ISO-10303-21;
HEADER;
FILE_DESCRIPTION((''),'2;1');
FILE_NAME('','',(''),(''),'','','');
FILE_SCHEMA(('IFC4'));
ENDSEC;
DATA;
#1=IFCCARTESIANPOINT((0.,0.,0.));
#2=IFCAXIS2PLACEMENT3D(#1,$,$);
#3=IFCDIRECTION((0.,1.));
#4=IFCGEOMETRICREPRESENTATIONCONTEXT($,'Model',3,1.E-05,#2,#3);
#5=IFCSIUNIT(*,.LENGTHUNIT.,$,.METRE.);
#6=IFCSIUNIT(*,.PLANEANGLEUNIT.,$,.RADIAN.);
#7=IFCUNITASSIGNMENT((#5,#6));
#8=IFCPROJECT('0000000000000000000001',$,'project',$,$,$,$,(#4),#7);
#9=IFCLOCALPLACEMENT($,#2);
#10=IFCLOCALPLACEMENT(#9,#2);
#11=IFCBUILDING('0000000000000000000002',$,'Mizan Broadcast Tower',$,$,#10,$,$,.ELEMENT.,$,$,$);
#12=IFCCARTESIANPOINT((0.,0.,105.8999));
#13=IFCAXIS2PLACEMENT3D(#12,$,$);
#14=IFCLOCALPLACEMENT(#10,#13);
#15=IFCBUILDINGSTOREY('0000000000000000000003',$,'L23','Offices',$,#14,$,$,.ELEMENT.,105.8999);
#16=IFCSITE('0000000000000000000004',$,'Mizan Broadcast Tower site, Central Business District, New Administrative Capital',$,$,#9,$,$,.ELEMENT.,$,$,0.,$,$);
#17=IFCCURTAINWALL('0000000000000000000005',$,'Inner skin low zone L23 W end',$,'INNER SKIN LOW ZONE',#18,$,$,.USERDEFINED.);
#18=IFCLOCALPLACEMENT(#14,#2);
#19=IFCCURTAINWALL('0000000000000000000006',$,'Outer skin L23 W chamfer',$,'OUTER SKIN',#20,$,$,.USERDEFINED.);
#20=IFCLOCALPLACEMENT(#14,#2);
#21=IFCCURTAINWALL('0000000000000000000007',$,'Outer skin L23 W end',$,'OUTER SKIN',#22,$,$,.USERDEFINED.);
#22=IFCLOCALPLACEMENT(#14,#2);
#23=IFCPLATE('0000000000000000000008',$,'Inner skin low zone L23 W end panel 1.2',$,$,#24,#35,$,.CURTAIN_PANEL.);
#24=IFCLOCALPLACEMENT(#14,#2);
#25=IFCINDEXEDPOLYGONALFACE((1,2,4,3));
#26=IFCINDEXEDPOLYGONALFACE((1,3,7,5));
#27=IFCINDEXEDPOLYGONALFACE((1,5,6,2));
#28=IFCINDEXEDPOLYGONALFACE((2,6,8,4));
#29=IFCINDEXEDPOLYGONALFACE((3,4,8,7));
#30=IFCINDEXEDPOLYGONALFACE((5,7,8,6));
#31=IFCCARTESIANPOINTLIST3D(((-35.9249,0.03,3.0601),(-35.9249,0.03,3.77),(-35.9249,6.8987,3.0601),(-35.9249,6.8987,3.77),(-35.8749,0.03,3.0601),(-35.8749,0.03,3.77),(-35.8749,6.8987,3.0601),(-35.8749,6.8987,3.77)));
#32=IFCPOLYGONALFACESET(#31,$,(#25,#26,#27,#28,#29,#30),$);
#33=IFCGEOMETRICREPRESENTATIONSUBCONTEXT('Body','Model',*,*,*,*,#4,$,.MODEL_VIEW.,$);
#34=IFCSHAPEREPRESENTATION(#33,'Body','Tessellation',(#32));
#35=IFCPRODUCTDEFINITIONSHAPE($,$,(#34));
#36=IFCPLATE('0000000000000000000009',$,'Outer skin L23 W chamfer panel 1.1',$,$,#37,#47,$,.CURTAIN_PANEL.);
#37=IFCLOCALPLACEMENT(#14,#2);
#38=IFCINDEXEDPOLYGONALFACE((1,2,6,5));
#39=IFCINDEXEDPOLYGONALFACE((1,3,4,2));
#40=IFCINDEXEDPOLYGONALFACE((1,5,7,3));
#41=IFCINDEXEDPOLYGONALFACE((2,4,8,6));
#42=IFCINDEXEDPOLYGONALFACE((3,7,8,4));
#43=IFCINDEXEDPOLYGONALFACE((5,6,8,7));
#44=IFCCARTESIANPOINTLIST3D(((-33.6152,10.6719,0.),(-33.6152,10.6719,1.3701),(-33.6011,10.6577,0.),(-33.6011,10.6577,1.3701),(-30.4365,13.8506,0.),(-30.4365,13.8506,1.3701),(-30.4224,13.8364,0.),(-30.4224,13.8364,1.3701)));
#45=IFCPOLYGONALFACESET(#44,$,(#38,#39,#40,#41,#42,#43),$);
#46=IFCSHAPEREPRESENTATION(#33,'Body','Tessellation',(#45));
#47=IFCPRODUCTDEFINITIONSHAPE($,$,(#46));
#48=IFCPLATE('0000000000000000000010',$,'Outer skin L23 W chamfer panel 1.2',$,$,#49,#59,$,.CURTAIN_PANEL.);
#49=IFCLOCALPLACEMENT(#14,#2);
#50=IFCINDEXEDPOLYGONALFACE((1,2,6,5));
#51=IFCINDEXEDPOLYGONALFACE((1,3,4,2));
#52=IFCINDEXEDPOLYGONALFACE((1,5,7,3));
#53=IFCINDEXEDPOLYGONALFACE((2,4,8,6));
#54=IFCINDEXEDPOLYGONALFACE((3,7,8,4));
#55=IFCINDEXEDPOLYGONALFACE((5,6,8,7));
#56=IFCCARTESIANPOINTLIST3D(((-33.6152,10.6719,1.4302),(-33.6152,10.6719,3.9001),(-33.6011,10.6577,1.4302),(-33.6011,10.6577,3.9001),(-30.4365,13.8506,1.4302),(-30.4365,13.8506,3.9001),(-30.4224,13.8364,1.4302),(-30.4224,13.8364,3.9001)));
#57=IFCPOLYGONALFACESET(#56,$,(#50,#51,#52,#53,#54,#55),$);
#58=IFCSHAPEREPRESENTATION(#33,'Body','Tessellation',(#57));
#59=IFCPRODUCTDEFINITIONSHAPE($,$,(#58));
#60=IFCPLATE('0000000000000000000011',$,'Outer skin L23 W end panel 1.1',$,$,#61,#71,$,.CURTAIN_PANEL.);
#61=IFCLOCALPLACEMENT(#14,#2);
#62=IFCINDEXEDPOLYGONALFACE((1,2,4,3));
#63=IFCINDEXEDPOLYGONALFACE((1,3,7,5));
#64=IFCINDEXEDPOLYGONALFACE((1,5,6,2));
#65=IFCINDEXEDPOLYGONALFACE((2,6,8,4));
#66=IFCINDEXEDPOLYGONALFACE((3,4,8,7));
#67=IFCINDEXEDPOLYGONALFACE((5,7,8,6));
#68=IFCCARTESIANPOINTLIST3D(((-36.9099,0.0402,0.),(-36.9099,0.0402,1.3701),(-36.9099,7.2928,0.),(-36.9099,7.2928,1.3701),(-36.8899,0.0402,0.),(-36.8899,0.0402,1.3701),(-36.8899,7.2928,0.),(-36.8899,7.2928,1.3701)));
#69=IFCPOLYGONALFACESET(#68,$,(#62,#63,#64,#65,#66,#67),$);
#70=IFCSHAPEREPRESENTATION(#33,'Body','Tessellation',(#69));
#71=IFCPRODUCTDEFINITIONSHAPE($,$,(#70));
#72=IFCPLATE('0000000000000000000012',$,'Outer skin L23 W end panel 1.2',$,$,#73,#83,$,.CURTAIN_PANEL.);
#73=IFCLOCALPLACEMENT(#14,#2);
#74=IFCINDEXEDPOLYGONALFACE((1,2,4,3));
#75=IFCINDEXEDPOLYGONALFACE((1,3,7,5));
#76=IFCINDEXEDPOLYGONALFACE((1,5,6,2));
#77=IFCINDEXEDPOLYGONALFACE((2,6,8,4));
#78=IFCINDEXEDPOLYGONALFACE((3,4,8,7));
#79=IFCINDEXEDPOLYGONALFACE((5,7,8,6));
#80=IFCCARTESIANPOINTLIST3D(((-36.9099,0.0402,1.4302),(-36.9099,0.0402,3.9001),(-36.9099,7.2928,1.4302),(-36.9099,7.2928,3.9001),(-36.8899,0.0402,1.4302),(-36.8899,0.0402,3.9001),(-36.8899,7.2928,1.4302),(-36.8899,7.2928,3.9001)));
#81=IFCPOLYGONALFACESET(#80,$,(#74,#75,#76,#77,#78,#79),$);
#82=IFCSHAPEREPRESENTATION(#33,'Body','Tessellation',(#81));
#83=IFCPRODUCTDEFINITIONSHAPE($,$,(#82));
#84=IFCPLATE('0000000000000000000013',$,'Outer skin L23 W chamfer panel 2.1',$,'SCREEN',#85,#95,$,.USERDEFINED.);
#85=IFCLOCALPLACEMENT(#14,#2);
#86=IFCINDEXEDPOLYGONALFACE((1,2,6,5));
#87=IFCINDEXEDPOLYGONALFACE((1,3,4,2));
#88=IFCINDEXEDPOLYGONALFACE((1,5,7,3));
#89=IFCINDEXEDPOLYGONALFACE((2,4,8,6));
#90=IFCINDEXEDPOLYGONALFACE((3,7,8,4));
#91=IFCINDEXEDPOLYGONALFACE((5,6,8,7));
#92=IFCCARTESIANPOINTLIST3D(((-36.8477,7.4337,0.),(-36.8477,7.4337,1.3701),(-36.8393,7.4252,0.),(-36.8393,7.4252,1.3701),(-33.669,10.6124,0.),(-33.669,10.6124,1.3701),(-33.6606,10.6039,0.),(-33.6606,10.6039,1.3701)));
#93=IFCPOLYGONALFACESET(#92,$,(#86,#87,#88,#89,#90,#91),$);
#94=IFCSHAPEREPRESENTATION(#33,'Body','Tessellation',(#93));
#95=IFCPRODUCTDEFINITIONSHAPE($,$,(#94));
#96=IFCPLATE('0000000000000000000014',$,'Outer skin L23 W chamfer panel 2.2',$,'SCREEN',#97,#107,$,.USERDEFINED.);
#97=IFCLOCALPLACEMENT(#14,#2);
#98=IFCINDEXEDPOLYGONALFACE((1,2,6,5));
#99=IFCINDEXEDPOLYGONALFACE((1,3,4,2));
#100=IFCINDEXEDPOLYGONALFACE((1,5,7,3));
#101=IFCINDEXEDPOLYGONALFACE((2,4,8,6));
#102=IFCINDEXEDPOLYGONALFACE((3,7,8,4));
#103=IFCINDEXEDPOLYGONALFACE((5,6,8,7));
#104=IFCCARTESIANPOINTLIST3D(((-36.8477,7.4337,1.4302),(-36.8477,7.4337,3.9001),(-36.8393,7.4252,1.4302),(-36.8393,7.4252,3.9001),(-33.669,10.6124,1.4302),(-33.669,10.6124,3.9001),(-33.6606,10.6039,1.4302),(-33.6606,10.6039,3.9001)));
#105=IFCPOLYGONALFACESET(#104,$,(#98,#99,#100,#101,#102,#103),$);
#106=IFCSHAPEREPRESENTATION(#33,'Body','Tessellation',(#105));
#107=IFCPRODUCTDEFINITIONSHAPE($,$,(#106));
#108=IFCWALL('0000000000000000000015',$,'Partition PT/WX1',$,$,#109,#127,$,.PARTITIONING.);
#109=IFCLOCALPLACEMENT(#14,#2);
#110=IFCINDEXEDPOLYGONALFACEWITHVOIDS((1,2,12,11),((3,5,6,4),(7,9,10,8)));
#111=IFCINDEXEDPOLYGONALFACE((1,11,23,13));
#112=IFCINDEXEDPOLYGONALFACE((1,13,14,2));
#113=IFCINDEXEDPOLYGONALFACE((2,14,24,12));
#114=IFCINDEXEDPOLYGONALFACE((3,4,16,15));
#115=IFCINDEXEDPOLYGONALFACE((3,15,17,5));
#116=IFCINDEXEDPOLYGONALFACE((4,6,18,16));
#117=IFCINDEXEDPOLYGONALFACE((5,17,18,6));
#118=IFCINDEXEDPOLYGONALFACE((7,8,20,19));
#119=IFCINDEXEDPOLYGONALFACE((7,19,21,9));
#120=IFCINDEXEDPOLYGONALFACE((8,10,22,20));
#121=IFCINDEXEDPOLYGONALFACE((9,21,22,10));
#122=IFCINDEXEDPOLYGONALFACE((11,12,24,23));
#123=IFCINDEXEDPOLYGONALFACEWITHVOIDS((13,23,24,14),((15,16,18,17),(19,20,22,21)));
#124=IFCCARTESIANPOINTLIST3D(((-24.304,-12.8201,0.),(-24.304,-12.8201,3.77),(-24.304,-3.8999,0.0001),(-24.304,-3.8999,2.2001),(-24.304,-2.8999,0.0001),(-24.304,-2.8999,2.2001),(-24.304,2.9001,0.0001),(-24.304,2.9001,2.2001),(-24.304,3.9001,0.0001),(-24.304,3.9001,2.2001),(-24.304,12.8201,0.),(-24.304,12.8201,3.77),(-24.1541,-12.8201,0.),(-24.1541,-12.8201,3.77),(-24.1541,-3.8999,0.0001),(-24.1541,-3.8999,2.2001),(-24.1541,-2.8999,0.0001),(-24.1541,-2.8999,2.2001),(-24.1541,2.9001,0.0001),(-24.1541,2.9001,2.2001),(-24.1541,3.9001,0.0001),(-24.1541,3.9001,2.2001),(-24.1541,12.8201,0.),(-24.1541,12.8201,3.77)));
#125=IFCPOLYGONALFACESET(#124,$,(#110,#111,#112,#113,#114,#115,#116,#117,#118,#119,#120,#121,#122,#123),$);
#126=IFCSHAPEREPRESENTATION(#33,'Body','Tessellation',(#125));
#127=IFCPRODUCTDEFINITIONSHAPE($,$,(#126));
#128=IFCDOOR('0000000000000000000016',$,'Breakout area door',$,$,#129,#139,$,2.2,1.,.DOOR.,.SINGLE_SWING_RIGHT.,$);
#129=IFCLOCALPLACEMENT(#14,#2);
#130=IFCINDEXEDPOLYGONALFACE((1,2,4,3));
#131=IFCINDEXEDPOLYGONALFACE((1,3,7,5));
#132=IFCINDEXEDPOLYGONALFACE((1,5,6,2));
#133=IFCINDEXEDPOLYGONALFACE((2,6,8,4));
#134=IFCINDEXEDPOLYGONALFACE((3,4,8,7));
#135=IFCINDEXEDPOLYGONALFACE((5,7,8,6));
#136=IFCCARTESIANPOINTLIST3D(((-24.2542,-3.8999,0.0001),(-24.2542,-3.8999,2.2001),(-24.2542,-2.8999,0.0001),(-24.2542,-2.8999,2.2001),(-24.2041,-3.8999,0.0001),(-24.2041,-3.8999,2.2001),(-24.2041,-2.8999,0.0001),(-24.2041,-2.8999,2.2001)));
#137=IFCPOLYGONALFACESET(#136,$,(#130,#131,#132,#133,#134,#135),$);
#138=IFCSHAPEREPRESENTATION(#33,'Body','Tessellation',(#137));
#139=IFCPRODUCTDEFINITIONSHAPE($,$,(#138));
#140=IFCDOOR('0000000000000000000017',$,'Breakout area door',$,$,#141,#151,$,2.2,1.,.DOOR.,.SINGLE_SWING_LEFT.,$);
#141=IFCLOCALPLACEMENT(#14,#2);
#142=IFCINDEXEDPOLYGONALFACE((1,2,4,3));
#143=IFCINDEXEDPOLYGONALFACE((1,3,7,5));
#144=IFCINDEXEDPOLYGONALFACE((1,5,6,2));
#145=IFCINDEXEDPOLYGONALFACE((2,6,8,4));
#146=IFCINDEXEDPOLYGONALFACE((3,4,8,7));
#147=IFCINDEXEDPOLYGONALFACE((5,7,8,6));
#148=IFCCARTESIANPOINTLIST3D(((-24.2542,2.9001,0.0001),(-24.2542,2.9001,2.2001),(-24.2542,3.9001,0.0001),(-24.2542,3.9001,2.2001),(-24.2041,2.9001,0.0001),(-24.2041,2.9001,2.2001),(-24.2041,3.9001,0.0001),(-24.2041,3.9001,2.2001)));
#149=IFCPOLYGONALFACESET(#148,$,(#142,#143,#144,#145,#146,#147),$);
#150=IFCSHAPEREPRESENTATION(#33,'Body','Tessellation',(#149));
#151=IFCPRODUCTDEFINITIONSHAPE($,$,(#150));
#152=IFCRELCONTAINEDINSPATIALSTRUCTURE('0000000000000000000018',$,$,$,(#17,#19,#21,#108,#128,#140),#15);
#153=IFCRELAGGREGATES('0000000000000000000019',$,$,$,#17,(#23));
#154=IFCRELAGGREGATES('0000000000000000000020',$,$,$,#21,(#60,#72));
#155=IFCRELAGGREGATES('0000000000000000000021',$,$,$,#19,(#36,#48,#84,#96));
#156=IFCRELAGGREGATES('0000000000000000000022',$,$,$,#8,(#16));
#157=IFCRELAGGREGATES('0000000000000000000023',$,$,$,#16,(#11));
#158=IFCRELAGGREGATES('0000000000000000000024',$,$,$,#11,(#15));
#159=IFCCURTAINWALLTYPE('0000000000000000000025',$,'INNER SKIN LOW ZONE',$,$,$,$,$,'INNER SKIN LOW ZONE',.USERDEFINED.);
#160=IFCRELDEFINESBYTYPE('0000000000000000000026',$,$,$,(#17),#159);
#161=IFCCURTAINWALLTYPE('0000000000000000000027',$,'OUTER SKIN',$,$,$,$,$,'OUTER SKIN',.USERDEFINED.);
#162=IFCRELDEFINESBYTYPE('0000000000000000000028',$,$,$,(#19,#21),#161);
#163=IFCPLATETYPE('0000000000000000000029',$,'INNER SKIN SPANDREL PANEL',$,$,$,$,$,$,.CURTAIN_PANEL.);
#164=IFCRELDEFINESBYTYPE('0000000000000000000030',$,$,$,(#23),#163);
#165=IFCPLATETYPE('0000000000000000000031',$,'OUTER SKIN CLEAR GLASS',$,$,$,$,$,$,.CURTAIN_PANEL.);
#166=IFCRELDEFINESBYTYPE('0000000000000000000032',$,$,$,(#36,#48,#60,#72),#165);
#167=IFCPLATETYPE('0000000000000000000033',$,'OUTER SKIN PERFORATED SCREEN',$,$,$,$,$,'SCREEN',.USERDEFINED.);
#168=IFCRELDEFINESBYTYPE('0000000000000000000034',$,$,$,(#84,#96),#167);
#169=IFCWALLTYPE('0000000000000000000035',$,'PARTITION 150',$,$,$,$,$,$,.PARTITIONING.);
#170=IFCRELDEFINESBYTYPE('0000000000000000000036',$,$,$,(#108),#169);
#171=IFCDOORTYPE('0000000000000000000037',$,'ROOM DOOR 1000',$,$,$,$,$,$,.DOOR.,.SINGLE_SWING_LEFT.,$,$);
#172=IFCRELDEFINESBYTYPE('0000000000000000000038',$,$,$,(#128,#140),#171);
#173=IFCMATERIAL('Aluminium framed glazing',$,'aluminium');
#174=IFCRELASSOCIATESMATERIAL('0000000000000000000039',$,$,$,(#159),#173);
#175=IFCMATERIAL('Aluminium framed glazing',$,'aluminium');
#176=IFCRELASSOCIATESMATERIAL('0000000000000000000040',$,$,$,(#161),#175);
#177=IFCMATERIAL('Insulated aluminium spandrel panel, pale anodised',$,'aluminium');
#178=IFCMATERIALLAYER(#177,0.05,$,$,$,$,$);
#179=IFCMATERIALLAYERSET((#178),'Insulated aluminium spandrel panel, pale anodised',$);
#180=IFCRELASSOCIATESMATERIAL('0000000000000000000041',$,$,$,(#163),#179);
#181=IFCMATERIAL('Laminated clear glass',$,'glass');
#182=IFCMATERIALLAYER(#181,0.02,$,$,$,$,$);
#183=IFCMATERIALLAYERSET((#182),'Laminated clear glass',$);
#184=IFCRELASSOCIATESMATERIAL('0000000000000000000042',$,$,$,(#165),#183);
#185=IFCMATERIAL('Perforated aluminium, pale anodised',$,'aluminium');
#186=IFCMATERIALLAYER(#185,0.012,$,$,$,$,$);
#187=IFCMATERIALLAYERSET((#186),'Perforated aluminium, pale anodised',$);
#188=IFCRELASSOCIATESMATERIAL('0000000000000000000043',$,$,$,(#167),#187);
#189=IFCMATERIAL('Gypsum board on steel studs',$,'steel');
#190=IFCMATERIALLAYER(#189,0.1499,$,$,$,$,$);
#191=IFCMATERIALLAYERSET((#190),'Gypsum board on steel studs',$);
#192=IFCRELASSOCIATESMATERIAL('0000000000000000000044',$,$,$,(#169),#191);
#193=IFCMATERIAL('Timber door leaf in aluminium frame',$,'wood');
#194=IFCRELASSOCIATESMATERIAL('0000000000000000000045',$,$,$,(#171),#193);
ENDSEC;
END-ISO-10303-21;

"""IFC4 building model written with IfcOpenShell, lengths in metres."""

from ifc_helpers import new_model, si_unit, direction, frame, frame_2d, origin, origin_2d, place, context, subcontext, project, spatial, rectangle, extrude, material, layer, layer_set, type_object, element, fill, aggregate, save


model = new_model("IFC4")

# Units and contexts
model_context = context("Model", 3, precision=1e-05, world=origin(), true_north=direction((0.0, 1.0)))
body_context = subcontext(model_context, "Body", "Model", "MODEL_VIEW")
ifc_project = project(units=[si_unit("LENGTHUNIT", "METRE"), si_unit("PLANEANGLEUNIT", "RADIAN")], contexts=[model_context])

# Site, building, storey
site_placement = place(None, origin())
site = spatial("IfcSite", under=ifc_project, at=site_placement, Name="Mizan Broadcast Tower site, Central Business District, New Administrative Capital", CompositionType="ELEMENT", RefElevation=0.0)
building_placement = place(site_placement, origin())
building = spatial("IfcBuilding", under=site, at=building_placement, Name="Mizan Broadcast Tower", CompositionType="ELEMENT")
storey_placement = place(building_placement, frame((0.0, 0.0, 105.8999)))
storey = spatial("IfcBuildingStorey", under=building, at=storey_placement, Name="L23", Description="Offices", CompositionType="ELEMENT", Elevation=105.8999)

# Shared definitions
ifc_material_1 = material(Name="Aluminium framed glazing", Category="aluminium")
curtain_wall_type_1 = type_object("IfcCurtainWallType", Name="INNER SKIN LOW ZONE", ElementType="INNER SKIN LOW ZONE", PredefinedType="USERDEFINED", material=ifc_material_1)

# Curtain wall
curtain_wall_1_placement = place(storey_placement, origin())
curtain_wall_1 = element("IfcCurtainWall", 1, at=curtain_wall_1_placement, inside=storey, type_object=curtain_wall_type_1, Name="Inner skin low zone L23 W end", ObjectType="INNER SKIN LOW ZONE", PredefinedType="USERDEFINED")

# Curtain wall
ifc_material_2 = material(Name="Aluminium framed glazing", Category="aluminium")
curtain_wall_type_2 = type_object("IfcCurtainWallType", Name="OUTER SKIN", ElementType="OUTER SKIN", PredefinedType="USERDEFINED", material=ifc_material_2)
curtain_wall_2_placement = place(storey_placement, origin())
curtain_wall_2 = element("IfcCurtainWall", 2, at=curtain_wall_2_placement, inside=storey, type_object=curtain_wall_type_2, Name="Outer skin L23 W chamfer", ObjectType="OUTER SKIN", PredefinedType="USERDEFINED")

# Curtain wall
curtain_wall_3_placement = place(storey_placement, origin())
curtain_wall_3 = element("IfcCurtainWall", 3, at=curtain_wall_3_placement, inside=storey, type_object=curtain_wall_type_2, Name="Outer skin L23 W end", ObjectType="OUTER SKIN", PredefinedType="USERDEFINED")

# Plates
ifc_material_3 = material(Name="Insulated aluminium spandrel panel, pale anodised", Category="aluminium")
ifc_layer_1 = layer(ifc_material_3, 0.05)
ifc_layer_set_1 = layer_set([ifc_layer_1], Name="Insulated aluminium spandrel panel, pale anodised")
plate_type_1 = type_object("IfcPlateType", Name="INNER SKIN SPANDREL PANEL", PredefinedType="CURTAIN_PANEL", material=ifc_layer_set_1)
plate_1_placement = place(storey_placement, frame((-35.8999, 3.4644, 3.0601), z_axis=(0.0, 0.0, 1.0), x_axis=(0.0, -1.0, 0.0)))
plate_1 = element("IfcPlate", 4, at=plate_1_placement, type_object=plate_type_1, Name="Inner skin low zone L23 W end panel 1.2", PredefinedType="CURTAIN_PANEL", context=body_context, shape_type="SweptSolid", body=[
    extrude(rectangle(XDim=6.8687, YDim=0.05, at=origin_2d()), origin(), (0.0, 0.0, 1.0), 0.71),
])
aggregate(curtain_wall_1, [plate_1])
ifc_material_4 = material(Name="Laminated clear glass", Category="glass")
ifc_layer_2 = layer(ifc_material_4, 0.02)
ifc_layer_set_2 = layer_set([ifc_layer_2], Name="Laminated clear glass")
plate_type_2 = type_object("IfcPlateType", Name="OUTER SKIN CLEAR GLASS", PredefinedType="CURTAIN_PANEL", material=ifc_layer_set_2)
plate_2_placement = place(storey_placement, frame((-32.0188, 12.2542, 0.0), z_axis=(0.0, 0.0, 1.0), x_axis=(-0.707107, -0.707107, 0.0)))
plate_2 = element("IfcPlate", 5, at=plate_2_placement, type_object=plate_type_2, Name="Outer skin L23 W chamfer panel 1.1", PredefinedType="CURTAIN_PANEL", context=body_context, shape_type="SweptSolid", body=[
    extrude(rectangle(XDim=4.4954, YDim=0.02, at=origin_2d()), origin(), (0.0, 0.0, 1.0), 1.3701),
])
plate_3_placement = place(storey_placement, frame((-32.0188, 12.2542, 1.4302), z_axis=(0.0, 0.0, 1.0), x_axis=(-0.707107, -0.707107, 0.0)))
plate_3 = element("IfcPlate", 6, at=plate_3_placement, type_object=plate_type_2, Name="Outer skin L23 W chamfer panel 1.2", PredefinedType="CURTAIN_PANEL", context=body_context, shape_type="SweptSolid", body=[
    extrude(rectangle(XDim=4.4954, YDim=0.02, at=origin_2d()), origin(), (0.0, 0.0, 1.0), 2.47),
])
plate_4_placement = place(storey_placement, frame((-36.8999, 3.6665, 0.0), z_axis=(0.0, 0.0, 1.0), x_axis=(0.0, -1.0, 0.0)))
plate_4 = element("IfcPlate", 7, at=plate_4_placement, type_object=plate_type_2, Name="Outer skin L23 W end panel 1.1", PredefinedType="CURTAIN_PANEL", context=body_context, shape_type="SweptSolid", body=[
    extrude(rectangle(XDim=7.2527, YDim=0.02, at=origin_2d()), origin(), (0.0, 0.0, 1.0), 1.3701),
])
plate_5_placement = place(storey_placement, frame((-36.8999, 3.6665, 1.4302), z_axis=(0.0, 0.0, 1.0), x_axis=(0.0, -1.0, 0.0)))
plate_5 = element("IfcPlate", 8, at=plate_5_placement, type_object=plate_type_2, Name="Outer skin L23 W end panel 1.2", PredefinedType="CURTAIN_PANEL", context=body_context, shape_type="SweptSolid", body=[
    extrude(rectangle(XDim=7.2527, YDim=0.02, at=origin_2d()), origin(), (0.0, 0.0, 1.0), 2.47),
])
aggregate(curtain_wall_3, [plate_4, plate_5])
ifc_material_5 = material(Name="Perforated aluminium, pale anodised", Category="aluminium")
ifc_layer_3 = layer(ifc_material_5, 0.012)
ifc_layer_set_3 = layer_set([ifc_layer_3], Name="Perforated aluminium, pale anodised")
plate_type_3 = type_object("IfcPlateType", Name="OUTER SKIN PERFORATED SCREEN", ElementType="SCREEN", PredefinedType="USERDEFINED", material=ifc_layer_set_3)
plate_6_placement = place(storey_placement, frame((-35.2542, 9.0188, 0.0), z_axis=(0.0, 0.0, 1.0), x_axis=(-0.707107, -0.707107, 0.0)))
plate_6 = element("IfcPlate", 9, at=plate_6_placement, type_object=plate_type_3, Name="Outer skin L23 W chamfer panel 2.1", ObjectType="SCREEN", PredefinedType="USERDEFINED", context=body_context, shape_type="SweptSolid", body=[
    extrude(rectangle(XDim=4.4954, YDim=0.012, at=origin_2d()), origin(), (0.0, 0.0, 1.0), 1.3701),
])
plate_7_placement = place(storey_placement, frame((-35.2542, 9.0188, 1.4302), z_axis=(0.0, 0.0, 1.0), x_axis=(-0.707107, -0.707107, 0.0)))
plate_7 = element("IfcPlate", 10, at=plate_7_placement, type_object=plate_type_3, Name="Outer skin L23 W chamfer panel 2.2", ObjectType="SCREEN", PredefinedType="USERDEFINED", context=body_context, shape_type="SweptSolid", body=[
    extrude(rectangle(XDim=4.4954, YDim=0.012, at=origin_2d()), origin(), (0.0, 0.0, 1.0), 2.47),
])
aggregate(curtain_wall_2, [plate_2, plate_3, plate_6, plate_7])

# Wall, openings, doors
ifc_material_6 = material(Name="Gypsum board on steel studs", Category="steel")
ifc_layer_4 = layer(ifc_material_6, 0.1499)
ifc_layer_set_4 = layer_set([ifc_layer_4], Name="Gypsum board on steel studs")
wall_type = type_object("IfcWallType", Name="PARTITION 150", PredefinedType="PARTITIONING", material=ifc_layer_set_4)
wall_placement = place(storey_placement, frame((-24.229, 12.8201, 0.0), z_axis=(0.0, 0.0, 1.0), x_axis=(0.0, -1.0, 0.0)))
wall = element("IfcWall", 11, at=wall_placement, inside=storey, type_object=wall_type, Name="Partition PT/WX1", PredefinedType="PARTITIONING", context=body_context, shape_type="SweptSolid", body=[
    extrude(rectangle(XDim=25.6401, YDim=0.1499, at=frame_2d((12.8201, 0.0))), origin(), (0.0, 0.0, 1.0), 3.77),
])
opening_1_placement = place(wall_placement, frame((15.72, 0.0, 0.0)))
opening_1 = element("IfcOpeningElement", 12, at=opening_1_placement, cuts=wall, PredefinedType="OPENING", context=body_context, shape_type="SweptSolid", body=[
    extrude(rectangle(XDim=1.0, YDim=2.2, at=frame_2d((0.5, 1.1001))), frame((0.0, 0.085, 0.0), z_axis=(0.0, -1.0, 0.0), x_axis=(1.0, 0.0, 0.0)), (0.0, 0.0, 1.0), 0.1699),
])
opening_2_placement = place(wall_placement, frame((8.9199, 0.0, 0.0)))
opening_2 = element("IfcOpeningElement", 13, at=opening_2_placement, cuts=wall, PredefinedType="OPENING", context=body_context, shape_type="SweptSolid", body=[
    extrude(rectangle(XDim=1.0, YDim=2.2, at=frame_2d((0.5, 1.1001))), frame((0.0, 0.085, 0.0), z_axis=(0.0, -1.0, 0.0), x_axis=(1.0, 0.0, 0.0)), (0.0, 0.0, 1.0), 0.1699),
])
ifc_material_7 = material(Name="Timber door leaf in aluminium frame", Category="wood")
door_type = type_object("IfcDoorType", Name="ROOM DOOR 1000", OperationType="SINGLE_SWING_LEFT", PredefinedType="DOOR", material=ifc_material_7)
door_1_placement = place(opening_1_placement, origin())
door_1 = element("IfcDoor", 14, at=door_1_placement, inside=storey, type_object=door_type, Name="Breakout area door", OperationType="SINGLE_SWING_RIGHT", OverallHeight=2.2, OverallWidth=1.0, PredefinedType="DOOR", context=body_context, shape_type="SweptSolid", body=[
    extrude(rectangle(XDim=1.0, YDim=2.2, at=frame_2d((0.5, 1.1001))), frame((0.0, 0.0249, 0.0), z_axis=(0.0, -1.0, 0.0), x_axis=(1.0, 0.0, 0.0)), (0.0, 0.0, 1.0), 0.05),
])
fill(opening_1, door_1)
door_2_placement = place(opening_2_placement, origin())
door_2 = element("IfcDoor", 15, at=door_2_placement, inside=storey, type_object=door_type, Name="Breakout area door", OperationType="SINGLE_SWING_LEFT", OverallHeight=2.2, OverallWidth=1.0, PredefinedType="DOOR", context=body_context, shape_type="SweptSolid", body=[
    extrude(rectangle(XDim=1.0, YDim=2.2, at=frame_2d((0.5, 1.1001))), frame((0.0, 0.0249, 0.0), z_axis=(0.0, -1.0, 0.0), x_axis=(1.0, 0.0, 0.0)), (0.0, 0.0, 1.0), 0.05),
])
fill(opening_2, door_2)

save(model, "model.ifc")
